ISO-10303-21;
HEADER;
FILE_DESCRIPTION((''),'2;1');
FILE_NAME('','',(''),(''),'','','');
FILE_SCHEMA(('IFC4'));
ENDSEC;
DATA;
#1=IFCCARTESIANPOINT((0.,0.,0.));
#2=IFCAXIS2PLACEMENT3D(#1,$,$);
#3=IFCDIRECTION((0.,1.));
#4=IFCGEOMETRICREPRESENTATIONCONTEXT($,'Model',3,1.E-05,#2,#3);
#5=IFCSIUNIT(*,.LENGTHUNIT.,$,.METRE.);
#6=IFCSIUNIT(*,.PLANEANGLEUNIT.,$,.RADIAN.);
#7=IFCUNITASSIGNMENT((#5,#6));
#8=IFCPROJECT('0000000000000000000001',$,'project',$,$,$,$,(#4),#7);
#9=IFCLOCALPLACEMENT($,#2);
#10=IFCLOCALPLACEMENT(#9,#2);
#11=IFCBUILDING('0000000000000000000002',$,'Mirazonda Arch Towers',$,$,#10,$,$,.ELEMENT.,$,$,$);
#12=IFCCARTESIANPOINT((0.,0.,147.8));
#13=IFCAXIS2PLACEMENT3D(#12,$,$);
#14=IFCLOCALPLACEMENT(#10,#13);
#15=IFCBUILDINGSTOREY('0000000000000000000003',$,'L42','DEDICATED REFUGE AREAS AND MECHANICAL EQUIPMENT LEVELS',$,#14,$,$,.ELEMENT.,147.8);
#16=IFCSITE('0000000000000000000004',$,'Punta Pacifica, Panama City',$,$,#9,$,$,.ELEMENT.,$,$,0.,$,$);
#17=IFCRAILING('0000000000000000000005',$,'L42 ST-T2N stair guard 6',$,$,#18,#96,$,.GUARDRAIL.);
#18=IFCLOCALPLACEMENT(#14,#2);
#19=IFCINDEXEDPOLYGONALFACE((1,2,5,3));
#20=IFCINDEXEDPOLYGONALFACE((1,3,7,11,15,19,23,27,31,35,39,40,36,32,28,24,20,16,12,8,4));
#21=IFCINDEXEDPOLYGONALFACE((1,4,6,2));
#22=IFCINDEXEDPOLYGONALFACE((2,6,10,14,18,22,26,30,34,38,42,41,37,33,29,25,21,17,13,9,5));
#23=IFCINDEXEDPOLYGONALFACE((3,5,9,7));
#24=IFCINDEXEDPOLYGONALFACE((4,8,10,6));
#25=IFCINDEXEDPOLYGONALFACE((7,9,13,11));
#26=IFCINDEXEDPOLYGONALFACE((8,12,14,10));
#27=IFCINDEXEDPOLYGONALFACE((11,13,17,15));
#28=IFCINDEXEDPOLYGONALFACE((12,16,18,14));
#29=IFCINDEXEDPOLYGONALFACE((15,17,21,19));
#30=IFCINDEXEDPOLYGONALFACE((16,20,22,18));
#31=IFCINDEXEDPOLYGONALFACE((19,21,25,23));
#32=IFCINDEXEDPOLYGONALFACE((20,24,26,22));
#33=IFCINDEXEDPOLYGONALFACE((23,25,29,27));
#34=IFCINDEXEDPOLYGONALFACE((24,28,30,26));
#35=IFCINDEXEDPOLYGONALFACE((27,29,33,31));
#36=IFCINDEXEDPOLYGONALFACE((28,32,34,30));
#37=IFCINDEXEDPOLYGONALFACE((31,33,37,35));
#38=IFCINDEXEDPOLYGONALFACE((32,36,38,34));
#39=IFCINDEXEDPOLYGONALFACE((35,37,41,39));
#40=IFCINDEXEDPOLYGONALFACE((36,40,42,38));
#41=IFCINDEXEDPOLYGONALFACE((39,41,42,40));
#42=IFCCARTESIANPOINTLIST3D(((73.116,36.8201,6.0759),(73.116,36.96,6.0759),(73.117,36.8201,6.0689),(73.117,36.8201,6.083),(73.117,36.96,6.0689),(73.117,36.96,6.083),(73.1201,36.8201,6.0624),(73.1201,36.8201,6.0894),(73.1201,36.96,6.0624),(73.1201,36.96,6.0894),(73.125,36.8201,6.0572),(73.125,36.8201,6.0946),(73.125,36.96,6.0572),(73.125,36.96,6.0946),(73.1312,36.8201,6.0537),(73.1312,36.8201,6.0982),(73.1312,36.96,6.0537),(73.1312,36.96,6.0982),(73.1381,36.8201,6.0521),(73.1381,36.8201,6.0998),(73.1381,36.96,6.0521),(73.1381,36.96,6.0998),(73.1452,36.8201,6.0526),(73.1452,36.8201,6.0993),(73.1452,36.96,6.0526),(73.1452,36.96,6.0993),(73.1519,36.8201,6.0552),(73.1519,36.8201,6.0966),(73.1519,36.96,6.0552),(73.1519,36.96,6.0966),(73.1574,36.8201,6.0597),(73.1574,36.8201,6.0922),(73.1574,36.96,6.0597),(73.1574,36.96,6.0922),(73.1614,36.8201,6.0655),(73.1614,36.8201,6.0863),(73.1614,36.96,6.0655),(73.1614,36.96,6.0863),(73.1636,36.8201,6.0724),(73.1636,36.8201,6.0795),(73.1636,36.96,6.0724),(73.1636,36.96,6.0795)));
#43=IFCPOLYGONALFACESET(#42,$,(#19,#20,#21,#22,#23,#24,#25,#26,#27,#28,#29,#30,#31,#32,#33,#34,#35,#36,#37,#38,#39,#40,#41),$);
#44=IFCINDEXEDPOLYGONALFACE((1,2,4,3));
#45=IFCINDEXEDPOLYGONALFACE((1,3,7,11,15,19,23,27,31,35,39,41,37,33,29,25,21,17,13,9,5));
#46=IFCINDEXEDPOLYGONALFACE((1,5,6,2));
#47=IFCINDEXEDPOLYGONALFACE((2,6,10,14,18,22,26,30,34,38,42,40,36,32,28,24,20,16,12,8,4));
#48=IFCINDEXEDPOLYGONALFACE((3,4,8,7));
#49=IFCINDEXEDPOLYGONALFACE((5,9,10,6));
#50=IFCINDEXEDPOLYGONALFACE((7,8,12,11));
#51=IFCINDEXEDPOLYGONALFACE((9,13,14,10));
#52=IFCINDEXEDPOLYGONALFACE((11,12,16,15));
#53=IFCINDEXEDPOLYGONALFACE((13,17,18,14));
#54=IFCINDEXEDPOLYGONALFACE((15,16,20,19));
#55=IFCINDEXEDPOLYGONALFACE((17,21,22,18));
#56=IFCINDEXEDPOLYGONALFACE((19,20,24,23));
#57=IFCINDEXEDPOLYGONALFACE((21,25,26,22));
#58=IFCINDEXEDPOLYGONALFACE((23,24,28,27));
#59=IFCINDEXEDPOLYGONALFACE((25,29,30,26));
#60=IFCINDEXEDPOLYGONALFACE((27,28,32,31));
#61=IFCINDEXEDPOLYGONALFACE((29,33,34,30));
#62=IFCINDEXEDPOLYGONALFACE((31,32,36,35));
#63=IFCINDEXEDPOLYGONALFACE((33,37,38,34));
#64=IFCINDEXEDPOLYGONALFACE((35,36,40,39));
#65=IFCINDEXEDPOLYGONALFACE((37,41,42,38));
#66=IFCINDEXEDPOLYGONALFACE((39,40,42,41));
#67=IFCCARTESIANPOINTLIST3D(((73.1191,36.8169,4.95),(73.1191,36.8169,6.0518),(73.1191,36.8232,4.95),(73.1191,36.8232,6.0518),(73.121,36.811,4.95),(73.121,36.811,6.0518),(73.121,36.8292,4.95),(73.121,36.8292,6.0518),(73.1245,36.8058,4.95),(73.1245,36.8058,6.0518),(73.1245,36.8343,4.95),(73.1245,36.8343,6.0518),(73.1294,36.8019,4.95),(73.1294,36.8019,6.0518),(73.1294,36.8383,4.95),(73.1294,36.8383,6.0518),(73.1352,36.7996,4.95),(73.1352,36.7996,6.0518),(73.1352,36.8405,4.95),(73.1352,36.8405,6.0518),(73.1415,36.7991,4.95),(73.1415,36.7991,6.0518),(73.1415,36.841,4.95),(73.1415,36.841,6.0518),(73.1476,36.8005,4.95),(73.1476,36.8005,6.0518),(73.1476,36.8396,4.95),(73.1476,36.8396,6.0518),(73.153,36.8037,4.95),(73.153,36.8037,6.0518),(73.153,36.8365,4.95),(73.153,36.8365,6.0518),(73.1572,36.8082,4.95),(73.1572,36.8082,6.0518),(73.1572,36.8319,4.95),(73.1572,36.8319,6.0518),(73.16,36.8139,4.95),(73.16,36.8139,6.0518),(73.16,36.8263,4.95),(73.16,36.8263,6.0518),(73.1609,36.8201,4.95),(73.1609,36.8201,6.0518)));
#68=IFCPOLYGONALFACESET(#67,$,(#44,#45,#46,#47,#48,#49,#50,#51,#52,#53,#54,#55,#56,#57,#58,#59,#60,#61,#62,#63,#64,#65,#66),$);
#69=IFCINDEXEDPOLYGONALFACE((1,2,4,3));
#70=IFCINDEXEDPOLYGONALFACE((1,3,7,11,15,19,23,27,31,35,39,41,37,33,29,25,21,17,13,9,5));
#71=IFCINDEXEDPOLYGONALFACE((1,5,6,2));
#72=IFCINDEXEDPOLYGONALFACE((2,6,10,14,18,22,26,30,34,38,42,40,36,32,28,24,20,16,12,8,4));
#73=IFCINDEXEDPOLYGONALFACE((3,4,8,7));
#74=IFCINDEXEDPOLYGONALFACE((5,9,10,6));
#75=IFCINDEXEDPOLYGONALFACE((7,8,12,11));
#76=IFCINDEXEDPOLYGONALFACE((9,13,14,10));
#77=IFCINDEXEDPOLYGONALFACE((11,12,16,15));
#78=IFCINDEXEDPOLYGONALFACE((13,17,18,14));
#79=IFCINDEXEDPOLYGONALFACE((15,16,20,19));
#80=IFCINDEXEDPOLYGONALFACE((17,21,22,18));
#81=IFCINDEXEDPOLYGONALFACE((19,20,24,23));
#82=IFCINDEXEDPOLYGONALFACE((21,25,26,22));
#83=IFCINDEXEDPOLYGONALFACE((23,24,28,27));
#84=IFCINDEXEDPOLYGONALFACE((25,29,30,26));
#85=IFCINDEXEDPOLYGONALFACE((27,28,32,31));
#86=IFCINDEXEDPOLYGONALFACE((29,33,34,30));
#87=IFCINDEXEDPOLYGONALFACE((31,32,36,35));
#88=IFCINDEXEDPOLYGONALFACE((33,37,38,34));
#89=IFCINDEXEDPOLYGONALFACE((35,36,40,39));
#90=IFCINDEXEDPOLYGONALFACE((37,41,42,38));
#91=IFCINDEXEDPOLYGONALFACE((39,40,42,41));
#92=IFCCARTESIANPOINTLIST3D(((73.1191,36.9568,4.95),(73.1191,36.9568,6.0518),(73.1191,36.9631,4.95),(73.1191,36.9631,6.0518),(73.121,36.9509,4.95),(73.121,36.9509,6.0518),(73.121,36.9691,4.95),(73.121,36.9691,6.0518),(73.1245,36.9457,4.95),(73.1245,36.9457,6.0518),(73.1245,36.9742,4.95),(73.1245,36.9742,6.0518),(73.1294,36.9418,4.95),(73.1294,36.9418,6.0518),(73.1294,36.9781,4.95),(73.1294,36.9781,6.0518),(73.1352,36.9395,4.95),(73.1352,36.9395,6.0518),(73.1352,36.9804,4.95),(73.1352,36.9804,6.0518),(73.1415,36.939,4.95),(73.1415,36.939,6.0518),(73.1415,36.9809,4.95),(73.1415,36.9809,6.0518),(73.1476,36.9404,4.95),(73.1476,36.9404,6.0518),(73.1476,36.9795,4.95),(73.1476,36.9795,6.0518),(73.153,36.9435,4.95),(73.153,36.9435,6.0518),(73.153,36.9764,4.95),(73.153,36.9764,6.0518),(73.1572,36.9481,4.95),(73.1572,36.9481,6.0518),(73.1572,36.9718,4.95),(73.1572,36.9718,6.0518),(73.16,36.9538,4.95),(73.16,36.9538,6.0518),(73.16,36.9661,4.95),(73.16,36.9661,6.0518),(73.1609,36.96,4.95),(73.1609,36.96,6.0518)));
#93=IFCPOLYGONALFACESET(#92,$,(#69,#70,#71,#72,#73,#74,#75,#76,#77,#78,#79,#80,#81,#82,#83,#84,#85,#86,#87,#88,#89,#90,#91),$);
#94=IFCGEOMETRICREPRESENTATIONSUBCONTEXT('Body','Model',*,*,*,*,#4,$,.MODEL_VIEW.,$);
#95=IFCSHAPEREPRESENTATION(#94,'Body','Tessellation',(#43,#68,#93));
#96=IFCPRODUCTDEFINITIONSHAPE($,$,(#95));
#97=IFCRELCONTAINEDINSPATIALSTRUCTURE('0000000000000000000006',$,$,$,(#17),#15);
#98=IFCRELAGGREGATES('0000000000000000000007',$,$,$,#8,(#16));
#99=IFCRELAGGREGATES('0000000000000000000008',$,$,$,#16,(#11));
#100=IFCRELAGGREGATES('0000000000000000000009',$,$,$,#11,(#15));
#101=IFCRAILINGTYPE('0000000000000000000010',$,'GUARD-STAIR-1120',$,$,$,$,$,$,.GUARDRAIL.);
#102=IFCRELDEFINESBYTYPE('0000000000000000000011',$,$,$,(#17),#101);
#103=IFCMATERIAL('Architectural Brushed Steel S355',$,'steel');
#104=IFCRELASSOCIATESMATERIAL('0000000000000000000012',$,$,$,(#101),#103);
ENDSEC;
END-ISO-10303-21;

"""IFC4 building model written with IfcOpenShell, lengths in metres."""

from ifc_helpers import new_model, si_unit, direction, frame, origin, origin_2d, place, context, subcontext, project, spatial, circle, extrude, material, type_object, element, save


model = new_model("IFC4")

# Units and contexts
model_context = context("Model", 3, precision=1e-05, world=origin(), true_north=direction((0.0, 1.0)))
body_context = subcontext(model_context, "Body", "Model", "MODEL_VIEW")
ifc_project = project(units=[si_unit("LENGTHUNIT", "METRE"), si_unit("PLANEANGLEUNIT", "RADIAN")], contexts=[model_context])

# Site, building, storey
site_placement = place(None, origin())
site = spatial("IfcSite", under=ifc_project, at=site_placement, Name="Punta Pacifica, Panama City", CompositionType="ELEMENT", RefElevation=0.0)
building_placement = place(site_placement, origin())
building = spatial("IfcBuilding", under=site, at=building_placement, Name="Mirazonda Arch Towers", CompositionType="ELEMENT")
storey_placement = place(building_placement, frame((0.0, 0.0, 147.8)))
storey = spatial("IfcBuildingStorey", under=building, at=storey_placement, Name="L42", Description="DEDICATED REFUGE AREAS AND MECHANICAL EQUIPMENT LEVELS", CompositionType="ELEMENT", Elevation=147.8)

# Shared definitions
ifc_material_1 = material(Name="Architectural Brushed Steel S355", Category="steel")

# Railing
railing_type_1 = type_object("IfcRailingType", Name="GUARD-STAIR-1120", PredefinedType="GUARDRAIL", material=ifc_material_1)
railing_1_placement = place(storey_placement, frame((73.1399, 36.8201, 4.95)))
element("IfcRailing", 1, at=railing_1_placement, inside=storey, type_object=railing_type_1, Name="L42 ST-T2N stair guard 6", PredefinedType="GUARDRAIL", context=body_context, shape_type="SweptSolid", body=[
    extrude(circle(Radius=0.0239, at=origin_2d()), frame((0.0, 0.0, 1.126), z_axis=(0.0, 1.0, 0.0), x_axis=(-1.0, 0.0, 0.0)), (0.0, 0.0, 1.0), 0.1399),
    extrude(circle(Radius=0.021, at=origin_2d()), origin(), (0.0, 0.0, 1.0), 1.1018),
    extrude(circle(Radius=0.021, at=origin_2d()), frame((0.0, 0.1399, 0.0)), (0.0, 0.0, 1.0), 1.1018),
])

save(model, "model.ifc")
